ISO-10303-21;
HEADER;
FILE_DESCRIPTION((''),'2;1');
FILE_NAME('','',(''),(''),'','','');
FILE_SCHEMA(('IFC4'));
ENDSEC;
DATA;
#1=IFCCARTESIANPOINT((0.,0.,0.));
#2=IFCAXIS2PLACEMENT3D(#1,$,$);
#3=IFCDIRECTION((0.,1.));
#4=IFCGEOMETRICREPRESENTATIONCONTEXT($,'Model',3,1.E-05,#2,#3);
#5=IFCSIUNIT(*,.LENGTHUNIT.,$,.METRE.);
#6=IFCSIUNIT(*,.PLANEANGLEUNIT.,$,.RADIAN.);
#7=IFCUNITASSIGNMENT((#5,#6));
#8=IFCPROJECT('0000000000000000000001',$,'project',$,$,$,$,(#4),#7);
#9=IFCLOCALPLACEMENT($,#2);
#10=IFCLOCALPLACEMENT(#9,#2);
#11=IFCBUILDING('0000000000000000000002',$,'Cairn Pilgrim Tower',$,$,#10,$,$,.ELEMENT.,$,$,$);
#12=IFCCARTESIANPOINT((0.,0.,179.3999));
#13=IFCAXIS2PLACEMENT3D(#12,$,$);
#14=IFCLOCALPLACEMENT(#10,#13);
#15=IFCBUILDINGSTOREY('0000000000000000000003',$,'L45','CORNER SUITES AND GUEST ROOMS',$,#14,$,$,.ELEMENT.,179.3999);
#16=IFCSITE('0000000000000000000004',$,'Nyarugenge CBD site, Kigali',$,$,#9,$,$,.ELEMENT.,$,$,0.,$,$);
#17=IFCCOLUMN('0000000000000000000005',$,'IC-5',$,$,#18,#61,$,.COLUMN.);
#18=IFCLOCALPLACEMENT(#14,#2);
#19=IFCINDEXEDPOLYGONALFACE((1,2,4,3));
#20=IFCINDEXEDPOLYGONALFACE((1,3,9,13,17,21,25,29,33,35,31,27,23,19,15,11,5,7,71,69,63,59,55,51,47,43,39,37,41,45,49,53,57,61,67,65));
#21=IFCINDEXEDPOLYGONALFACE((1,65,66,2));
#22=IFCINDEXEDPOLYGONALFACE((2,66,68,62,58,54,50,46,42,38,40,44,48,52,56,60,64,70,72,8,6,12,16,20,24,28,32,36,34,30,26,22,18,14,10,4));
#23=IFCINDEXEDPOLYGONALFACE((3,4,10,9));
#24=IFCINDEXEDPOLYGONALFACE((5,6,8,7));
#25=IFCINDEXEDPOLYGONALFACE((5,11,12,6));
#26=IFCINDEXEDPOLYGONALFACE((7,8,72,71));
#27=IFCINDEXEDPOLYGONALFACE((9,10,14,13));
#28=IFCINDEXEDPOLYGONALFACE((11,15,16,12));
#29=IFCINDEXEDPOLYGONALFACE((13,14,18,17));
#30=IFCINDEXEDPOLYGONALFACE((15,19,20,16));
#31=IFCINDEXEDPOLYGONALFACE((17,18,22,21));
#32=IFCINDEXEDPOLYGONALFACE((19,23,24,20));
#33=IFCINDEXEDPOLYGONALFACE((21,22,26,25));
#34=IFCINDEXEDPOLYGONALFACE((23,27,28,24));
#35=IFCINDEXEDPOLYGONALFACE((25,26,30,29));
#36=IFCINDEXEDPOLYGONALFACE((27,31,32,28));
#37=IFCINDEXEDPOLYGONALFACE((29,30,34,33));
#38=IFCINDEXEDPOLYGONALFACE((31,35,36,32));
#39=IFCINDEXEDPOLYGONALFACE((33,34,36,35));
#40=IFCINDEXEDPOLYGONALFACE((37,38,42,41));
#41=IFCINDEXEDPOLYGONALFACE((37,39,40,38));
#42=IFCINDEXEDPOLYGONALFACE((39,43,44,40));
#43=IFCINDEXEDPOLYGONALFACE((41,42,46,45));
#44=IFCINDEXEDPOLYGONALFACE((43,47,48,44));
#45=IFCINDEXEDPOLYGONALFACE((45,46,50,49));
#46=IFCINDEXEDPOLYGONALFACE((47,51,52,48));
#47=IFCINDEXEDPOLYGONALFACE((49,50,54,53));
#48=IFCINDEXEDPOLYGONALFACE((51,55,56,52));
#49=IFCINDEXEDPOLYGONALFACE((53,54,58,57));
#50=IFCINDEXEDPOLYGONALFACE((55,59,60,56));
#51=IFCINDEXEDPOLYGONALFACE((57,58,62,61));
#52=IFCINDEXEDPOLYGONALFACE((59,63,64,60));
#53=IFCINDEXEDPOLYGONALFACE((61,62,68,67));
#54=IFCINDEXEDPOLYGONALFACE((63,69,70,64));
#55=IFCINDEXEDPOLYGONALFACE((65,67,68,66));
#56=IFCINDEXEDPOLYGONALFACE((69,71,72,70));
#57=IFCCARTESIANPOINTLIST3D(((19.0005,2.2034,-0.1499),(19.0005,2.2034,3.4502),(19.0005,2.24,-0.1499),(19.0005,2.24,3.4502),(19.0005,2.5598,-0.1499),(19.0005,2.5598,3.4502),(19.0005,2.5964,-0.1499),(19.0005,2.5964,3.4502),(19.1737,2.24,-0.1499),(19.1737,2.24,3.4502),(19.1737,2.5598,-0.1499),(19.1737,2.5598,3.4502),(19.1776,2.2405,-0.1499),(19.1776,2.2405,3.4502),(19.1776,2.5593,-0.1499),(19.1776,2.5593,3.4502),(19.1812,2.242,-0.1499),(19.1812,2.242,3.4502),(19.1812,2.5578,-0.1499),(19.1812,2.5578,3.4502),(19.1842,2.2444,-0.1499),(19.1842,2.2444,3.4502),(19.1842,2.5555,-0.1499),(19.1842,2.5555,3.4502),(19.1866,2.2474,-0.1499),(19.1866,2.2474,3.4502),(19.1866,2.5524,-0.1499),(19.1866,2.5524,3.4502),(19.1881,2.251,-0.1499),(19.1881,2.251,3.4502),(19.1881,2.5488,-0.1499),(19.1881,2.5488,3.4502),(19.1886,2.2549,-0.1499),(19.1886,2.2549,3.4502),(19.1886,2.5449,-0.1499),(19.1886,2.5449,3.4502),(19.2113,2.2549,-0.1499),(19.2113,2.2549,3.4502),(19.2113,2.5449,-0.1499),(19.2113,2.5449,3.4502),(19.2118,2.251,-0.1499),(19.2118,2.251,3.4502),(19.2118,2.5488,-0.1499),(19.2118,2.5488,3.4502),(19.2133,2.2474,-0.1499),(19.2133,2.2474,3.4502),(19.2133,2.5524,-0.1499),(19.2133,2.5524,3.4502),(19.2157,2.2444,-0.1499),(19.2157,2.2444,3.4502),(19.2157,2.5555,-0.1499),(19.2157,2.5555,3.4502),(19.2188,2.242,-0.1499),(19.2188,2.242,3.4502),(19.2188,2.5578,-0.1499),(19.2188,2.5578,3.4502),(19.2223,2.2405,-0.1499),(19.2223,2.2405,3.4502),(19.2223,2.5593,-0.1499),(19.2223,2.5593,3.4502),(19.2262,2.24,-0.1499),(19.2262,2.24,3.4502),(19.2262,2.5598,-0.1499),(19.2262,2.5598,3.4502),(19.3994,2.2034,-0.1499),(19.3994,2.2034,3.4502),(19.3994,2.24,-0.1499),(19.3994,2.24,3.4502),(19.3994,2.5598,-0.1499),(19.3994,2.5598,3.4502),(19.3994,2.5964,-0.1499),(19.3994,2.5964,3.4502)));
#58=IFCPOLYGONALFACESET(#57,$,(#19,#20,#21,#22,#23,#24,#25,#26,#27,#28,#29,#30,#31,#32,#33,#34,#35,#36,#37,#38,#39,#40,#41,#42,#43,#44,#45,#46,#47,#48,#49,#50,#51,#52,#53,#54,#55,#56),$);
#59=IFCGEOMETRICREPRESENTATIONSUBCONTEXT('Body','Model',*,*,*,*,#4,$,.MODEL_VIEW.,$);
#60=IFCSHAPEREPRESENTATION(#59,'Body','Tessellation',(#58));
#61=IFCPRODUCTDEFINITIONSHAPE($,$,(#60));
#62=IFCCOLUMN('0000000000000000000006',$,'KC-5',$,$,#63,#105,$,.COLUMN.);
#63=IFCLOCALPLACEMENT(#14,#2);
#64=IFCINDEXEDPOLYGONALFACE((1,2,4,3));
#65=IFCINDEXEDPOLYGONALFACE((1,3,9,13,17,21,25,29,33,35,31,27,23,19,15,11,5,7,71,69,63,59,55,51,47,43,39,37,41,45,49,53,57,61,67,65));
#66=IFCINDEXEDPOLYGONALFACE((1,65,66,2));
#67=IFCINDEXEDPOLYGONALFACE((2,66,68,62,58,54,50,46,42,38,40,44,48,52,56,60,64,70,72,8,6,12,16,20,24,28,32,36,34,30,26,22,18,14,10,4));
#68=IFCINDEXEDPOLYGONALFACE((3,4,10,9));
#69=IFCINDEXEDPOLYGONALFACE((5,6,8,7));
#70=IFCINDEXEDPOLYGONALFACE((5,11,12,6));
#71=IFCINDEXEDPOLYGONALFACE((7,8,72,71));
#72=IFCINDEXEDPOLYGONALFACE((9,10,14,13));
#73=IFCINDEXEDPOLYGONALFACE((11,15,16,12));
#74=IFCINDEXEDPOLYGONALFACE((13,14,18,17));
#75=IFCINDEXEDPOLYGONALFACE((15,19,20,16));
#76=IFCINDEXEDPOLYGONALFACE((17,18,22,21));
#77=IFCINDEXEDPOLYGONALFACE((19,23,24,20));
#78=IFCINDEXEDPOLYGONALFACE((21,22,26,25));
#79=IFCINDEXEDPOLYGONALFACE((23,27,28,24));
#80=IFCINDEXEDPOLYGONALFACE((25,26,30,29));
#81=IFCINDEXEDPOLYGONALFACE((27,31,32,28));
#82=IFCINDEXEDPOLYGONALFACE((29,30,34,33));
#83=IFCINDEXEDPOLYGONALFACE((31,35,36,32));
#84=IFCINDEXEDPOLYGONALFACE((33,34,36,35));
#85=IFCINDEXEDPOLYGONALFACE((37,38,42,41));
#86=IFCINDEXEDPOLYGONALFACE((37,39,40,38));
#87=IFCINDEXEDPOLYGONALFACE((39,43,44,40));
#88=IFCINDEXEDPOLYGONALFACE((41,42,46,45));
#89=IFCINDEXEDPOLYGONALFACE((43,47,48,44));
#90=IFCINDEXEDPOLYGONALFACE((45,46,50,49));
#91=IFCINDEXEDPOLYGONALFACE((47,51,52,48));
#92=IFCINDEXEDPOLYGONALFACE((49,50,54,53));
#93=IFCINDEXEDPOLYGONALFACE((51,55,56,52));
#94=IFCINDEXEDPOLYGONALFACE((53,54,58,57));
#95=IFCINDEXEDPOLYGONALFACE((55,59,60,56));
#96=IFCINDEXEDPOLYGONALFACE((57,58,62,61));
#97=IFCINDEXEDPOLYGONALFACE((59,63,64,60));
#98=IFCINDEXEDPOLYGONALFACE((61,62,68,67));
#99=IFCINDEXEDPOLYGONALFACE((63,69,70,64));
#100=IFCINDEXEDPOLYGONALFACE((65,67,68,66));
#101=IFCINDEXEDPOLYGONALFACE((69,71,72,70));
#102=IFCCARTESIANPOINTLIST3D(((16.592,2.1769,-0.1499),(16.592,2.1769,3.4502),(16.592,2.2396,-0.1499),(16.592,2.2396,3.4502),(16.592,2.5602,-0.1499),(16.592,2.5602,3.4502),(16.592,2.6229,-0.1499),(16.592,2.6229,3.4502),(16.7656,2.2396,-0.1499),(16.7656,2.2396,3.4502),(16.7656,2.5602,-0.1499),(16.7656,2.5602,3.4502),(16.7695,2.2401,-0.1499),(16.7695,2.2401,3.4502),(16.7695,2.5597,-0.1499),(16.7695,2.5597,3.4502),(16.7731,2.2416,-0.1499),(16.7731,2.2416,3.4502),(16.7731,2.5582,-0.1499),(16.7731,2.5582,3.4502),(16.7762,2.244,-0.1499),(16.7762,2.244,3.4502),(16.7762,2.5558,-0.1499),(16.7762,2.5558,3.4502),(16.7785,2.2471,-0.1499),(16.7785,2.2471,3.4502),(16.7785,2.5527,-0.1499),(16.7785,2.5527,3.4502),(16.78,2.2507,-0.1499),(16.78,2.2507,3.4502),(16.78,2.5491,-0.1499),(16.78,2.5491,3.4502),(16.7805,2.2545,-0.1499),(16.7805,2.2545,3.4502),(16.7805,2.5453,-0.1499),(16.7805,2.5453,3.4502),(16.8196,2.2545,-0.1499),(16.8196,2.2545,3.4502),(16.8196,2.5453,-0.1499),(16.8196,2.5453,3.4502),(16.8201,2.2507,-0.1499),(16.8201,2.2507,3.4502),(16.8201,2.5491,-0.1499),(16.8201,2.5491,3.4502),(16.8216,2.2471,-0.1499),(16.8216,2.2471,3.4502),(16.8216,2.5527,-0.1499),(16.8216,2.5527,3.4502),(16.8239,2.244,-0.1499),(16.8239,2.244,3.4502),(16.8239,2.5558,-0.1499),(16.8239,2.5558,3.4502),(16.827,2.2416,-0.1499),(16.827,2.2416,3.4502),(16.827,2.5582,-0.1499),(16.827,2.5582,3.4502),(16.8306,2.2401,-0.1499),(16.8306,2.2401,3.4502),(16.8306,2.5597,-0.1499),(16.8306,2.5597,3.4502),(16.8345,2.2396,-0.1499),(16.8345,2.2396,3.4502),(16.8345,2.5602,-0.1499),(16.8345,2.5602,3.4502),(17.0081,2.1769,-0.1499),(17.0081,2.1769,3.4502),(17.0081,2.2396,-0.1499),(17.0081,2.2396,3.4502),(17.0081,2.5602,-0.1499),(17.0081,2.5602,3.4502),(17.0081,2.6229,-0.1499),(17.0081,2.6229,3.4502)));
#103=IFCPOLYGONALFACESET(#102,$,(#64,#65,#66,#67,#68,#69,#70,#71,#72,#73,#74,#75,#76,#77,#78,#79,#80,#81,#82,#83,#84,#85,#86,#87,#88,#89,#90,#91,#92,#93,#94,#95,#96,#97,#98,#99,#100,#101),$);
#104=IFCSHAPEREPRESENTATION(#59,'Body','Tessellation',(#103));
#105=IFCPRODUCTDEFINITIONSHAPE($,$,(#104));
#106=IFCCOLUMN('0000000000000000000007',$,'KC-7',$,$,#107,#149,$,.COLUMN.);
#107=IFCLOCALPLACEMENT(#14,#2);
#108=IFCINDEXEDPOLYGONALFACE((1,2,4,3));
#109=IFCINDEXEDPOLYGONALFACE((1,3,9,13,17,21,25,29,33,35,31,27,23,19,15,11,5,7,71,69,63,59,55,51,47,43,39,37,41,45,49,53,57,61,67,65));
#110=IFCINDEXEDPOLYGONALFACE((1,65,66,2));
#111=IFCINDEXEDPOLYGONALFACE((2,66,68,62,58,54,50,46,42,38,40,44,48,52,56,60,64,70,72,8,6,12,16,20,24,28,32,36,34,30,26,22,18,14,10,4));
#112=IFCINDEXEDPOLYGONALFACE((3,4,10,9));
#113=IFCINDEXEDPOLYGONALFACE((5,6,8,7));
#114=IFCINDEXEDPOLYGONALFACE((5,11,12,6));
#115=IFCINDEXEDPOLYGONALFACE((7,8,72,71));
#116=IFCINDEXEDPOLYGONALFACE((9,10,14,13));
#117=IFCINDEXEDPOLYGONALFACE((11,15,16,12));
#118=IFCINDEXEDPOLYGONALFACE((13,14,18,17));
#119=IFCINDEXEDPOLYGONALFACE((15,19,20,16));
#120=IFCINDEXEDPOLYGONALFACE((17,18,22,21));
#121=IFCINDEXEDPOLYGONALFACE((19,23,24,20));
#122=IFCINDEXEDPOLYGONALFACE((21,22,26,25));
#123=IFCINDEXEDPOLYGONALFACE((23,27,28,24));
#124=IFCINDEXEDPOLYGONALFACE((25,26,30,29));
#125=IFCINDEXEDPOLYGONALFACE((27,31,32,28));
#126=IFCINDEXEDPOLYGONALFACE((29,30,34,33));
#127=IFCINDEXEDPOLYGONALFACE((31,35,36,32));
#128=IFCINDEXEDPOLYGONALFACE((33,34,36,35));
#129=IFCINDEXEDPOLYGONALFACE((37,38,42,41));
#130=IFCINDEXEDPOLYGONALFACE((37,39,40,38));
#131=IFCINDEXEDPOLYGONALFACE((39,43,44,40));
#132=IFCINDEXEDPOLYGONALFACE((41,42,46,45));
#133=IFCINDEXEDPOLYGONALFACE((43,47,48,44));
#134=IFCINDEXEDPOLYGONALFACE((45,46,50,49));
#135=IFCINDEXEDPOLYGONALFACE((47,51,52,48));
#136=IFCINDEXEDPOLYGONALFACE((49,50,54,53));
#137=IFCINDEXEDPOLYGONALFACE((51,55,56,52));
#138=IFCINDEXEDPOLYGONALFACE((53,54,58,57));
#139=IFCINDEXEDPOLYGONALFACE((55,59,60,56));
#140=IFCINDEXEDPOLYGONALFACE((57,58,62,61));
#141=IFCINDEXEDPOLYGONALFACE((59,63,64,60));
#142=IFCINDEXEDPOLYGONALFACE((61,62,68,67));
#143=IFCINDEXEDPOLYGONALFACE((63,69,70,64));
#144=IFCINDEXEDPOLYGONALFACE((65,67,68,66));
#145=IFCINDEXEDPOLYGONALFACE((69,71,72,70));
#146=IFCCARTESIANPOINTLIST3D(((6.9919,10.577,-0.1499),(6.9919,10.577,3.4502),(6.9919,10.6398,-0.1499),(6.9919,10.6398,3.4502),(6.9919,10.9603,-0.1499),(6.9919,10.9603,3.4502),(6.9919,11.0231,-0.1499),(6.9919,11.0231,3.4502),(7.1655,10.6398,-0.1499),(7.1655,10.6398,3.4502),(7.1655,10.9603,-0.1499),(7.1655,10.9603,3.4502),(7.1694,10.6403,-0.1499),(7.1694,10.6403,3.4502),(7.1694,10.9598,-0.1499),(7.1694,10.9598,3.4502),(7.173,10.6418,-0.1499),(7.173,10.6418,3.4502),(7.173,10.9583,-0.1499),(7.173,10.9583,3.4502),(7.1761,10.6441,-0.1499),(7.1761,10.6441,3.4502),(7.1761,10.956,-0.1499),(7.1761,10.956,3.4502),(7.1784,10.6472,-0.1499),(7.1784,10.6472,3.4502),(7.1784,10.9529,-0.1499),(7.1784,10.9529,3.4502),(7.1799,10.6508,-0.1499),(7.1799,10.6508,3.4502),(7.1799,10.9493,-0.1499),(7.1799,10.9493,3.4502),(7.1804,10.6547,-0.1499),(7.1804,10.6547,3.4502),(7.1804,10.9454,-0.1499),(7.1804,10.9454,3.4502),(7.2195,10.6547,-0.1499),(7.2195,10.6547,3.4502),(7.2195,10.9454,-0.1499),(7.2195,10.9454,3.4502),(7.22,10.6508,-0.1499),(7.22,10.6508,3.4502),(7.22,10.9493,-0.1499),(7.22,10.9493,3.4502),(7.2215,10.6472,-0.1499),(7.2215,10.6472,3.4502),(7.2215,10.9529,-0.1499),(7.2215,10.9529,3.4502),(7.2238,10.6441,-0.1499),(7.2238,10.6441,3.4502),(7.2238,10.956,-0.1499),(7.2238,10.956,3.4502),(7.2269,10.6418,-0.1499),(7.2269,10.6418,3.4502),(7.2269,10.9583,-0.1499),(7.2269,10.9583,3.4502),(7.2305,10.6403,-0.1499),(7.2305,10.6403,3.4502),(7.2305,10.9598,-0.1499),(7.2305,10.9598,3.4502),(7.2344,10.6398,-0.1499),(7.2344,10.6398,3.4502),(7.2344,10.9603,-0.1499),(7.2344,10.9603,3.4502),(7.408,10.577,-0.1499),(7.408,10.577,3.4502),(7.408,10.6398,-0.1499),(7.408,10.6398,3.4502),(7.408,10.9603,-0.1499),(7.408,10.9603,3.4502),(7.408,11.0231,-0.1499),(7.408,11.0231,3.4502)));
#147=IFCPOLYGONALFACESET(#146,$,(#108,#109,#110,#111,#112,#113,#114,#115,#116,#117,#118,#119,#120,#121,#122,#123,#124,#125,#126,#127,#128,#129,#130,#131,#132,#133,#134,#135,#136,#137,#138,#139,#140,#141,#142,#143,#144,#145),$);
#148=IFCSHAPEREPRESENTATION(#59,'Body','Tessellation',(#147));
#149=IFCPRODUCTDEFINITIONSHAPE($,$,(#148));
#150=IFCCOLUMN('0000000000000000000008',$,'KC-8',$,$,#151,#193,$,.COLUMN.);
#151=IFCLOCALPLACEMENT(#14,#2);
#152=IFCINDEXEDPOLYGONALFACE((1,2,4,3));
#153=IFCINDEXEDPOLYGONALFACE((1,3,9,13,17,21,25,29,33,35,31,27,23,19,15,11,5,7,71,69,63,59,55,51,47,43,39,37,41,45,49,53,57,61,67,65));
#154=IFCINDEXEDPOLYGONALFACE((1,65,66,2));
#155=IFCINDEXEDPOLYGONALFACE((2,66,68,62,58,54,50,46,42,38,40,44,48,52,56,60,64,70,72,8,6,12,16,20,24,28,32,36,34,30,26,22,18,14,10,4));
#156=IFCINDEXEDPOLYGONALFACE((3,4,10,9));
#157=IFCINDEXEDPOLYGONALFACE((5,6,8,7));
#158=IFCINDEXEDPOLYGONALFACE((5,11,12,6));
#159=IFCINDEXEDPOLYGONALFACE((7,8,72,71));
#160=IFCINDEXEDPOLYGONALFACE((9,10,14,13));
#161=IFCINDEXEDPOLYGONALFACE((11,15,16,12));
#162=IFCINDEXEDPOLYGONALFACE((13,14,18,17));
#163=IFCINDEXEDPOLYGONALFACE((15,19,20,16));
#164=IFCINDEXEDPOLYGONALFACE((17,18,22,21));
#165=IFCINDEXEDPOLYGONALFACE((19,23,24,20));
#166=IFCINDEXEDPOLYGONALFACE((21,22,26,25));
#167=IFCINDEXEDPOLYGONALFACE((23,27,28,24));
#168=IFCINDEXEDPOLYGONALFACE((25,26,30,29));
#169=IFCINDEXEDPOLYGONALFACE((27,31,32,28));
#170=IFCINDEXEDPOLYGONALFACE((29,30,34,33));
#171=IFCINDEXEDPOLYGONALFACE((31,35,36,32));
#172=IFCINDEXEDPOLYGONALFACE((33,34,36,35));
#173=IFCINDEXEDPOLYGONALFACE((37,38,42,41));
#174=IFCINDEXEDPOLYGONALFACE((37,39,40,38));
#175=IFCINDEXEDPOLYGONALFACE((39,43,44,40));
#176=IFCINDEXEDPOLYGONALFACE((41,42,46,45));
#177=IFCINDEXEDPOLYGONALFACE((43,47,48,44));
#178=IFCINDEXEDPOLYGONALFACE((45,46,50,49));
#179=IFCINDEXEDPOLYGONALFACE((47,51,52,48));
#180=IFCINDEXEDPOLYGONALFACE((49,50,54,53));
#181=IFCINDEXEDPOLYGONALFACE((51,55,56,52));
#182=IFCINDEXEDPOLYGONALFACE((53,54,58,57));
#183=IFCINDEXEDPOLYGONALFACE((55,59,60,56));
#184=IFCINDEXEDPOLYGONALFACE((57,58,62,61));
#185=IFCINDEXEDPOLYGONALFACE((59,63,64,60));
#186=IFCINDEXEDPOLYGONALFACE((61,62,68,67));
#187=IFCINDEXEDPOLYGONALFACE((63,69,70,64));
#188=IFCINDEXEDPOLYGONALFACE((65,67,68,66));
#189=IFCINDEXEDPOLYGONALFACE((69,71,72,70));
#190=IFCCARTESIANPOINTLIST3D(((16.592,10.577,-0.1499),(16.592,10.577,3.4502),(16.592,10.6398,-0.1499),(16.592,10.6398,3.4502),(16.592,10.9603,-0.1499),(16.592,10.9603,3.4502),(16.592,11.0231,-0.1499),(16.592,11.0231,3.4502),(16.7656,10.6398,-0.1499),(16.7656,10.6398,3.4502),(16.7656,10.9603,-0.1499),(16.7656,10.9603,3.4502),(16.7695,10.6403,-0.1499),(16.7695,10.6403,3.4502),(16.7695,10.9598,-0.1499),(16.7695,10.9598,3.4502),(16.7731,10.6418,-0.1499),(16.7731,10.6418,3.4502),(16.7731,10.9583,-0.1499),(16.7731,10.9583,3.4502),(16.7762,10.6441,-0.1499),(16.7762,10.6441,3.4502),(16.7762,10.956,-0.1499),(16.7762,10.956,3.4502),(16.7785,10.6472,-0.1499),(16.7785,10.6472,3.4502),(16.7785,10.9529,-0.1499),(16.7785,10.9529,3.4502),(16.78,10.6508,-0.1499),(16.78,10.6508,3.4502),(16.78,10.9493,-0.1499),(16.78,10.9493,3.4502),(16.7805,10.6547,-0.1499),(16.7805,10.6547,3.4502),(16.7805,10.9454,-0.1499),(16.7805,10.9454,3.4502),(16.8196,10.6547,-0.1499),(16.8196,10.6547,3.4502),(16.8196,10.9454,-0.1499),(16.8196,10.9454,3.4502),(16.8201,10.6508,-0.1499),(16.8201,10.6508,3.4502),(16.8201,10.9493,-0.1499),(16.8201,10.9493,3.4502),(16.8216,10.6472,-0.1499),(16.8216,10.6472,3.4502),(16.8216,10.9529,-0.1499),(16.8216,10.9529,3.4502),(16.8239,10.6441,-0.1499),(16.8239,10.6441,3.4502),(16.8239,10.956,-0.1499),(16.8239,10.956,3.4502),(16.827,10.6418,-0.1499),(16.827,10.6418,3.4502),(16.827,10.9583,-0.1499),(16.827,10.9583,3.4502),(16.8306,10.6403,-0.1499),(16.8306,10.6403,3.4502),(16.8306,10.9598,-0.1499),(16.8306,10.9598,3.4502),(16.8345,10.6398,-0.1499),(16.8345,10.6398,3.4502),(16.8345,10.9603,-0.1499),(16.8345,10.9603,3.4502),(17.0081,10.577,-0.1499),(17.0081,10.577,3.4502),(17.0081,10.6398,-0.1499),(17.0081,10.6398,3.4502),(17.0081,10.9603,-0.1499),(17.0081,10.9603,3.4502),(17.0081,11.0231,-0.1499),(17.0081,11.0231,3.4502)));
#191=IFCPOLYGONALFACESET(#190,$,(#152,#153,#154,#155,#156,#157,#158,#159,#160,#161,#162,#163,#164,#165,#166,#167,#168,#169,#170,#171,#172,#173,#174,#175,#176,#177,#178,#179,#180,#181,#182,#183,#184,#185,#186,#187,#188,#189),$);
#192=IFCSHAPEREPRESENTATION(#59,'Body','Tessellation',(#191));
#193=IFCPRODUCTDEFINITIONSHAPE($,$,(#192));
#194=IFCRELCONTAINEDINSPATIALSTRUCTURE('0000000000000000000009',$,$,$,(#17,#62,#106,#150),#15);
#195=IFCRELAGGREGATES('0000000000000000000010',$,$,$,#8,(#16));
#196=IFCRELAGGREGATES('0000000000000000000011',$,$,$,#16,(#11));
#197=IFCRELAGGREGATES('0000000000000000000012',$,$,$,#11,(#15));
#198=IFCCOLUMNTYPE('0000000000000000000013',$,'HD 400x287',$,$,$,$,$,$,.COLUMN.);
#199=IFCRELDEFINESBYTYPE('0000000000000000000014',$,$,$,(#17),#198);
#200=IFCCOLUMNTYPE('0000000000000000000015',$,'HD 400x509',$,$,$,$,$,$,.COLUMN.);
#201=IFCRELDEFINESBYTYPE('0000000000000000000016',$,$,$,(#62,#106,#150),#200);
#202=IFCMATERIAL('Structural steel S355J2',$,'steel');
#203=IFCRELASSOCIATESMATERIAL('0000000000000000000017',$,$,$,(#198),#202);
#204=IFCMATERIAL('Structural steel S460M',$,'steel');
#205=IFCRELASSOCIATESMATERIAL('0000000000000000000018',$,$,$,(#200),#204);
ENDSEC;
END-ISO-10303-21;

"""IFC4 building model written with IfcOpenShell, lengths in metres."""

from ifc_helpers import new_model, si_unit, direction, frame, origin, origin_2d, place, context, subcontext, project, spatial, i_section, extrude, material, material_profile, profile_set, type_object, element, save


model = new_model("IFC4")

# Units and contexts
model_context = context("Model", 3, precision=1e-05, world=origin(), true_north=direction((0.0, 1.0)))
body_context = subcontext(model_context, "Body", "Model", "MODEL_VIEW")
ifc_project = project(units=[si_unit("LENGTHUNIT", "METRE"), si_unit("PLANEANGLEUNIT", "RADIAN")], contexts=[model_context])

# Site, building, storey
site_placement = place(None, origin())
site = spatial("IfcSite", under=ifc_project, at=site_placement, Name="Nyarugenge CBD site, Kigali", CompositionType="ELEMENT", RefElevation=0.0)
building_placement = place(site_placement, origin())
building = spatial("IfcBuilding", under=site, at=building_placement, Name="Cairn Pilgrim Tower", CompositionType="ELEMENT")
storey_placement = place(building_placement, frame((0.0, 0.0, 179.3999)))
storey = spatial("IfcBuildingStorey", under=building, at=storey_placement, Name="L45", Description="CORNER SUITES AND GUEST ROOMS", CompositionType="ELEMENT", Elevation=179.3999)

# Columns
ifc_material_1 = material(Name="Structural steel S355J2", Category="steel")
ifc_material_profile_1 = material_profile(ifc_material_1, i_section(OverallWidth=0.3989, OverallDepth=0.3931, WebThickness=0.0227, FlangeThickness=0.0366, FilletRadius=0.0149, at=origin_2d()), Name="HD 400x287")
ifc_profile_set_1 = profile_set([ifc_material_profile_1], Name="Structural steel S355J2")
column_type_1 = type_object("IfcColumnType", Name="HD 400x287", PredefinedType="COLUMN", material=ifc_profile_set_1)
column_placement = place(storey_placement, frame((19.2, 2.3999, -0.1499), z_axis=(0.0, 0.0, 1.0), x_axis=(1.0, 0.0, 0.0)))
element("IfcColumn", 1, at=column_placement, inside=storey, type_object=column_type_1, Name="IC-5", PredefinedType="COLUMN", context=body_context, shape_type="SweptSolid", body=[
    extrude(i_section(OverallWidth=0.3989, OverallDepth=0.3931, WebThickness=0.0227, FlangeThickness=0.0366, FilletRadius=0.0149, at=origin_2d()), origin(), (0.0, 0.0, 1.0), 3.6001),
])
ifc_material_2 = material(Name="Structural steel S460M", Category="steel")
ifc_material_profile_2 = material_profile(ifc_material_2, i_section(OverallWidth=0.416, OverallDepth=0.446, WebThickness=0.0391, FlangeThickness=0.0627, FilletRadius=0.0149, at=origin_2d()), Name="HD 400x509")
ifc_profile_set_2 = profile_set([ifc_material_profile_2], Name="Structural steel S460M")
column_type_2 = type_object("IfcColumnType", Name="HD 400x509", PredefinedType="COLUMN", material=ifc_profile_set_2)
for number, where, z_axis, x_axis, name in (
    (2, (16.8, 2.3999, -0.1499), (0.0, 0.0, 1.0), (1.0, 0.0, 0.0), "KC-5"),
    (3, (7.2, 10.8, -0.1499), (0.0, 0.0, 1.0), (1.0, 0.0, 0.0), "KC-7"),
    (4, (16.8, 10.8, -0.1499), (0.0, 0.0, 1.0), (1.0, 0.0, 0.0), "KC-8"),
):
    element("IfcColumn", number, at=place(storey_placement, frame(where, z_axis=z_axis, x_axis=x_axis)), inside=storey, type_object=column_type_2, Name=name, PredefinedType="COLUMN", context=body_context, shape_type="SweptSolid", body=[
        extrude(i_section(OverallWidth=0.416, OverallDepth=0.446, WebThickness=0.0391, FlangeThickness=0.0627, FilletRadius=0.0149, at=origin_2d()), origin(), (0.0, 0.0, 1.0), 3.6001),
    ])

save(model, "model.ifc")
